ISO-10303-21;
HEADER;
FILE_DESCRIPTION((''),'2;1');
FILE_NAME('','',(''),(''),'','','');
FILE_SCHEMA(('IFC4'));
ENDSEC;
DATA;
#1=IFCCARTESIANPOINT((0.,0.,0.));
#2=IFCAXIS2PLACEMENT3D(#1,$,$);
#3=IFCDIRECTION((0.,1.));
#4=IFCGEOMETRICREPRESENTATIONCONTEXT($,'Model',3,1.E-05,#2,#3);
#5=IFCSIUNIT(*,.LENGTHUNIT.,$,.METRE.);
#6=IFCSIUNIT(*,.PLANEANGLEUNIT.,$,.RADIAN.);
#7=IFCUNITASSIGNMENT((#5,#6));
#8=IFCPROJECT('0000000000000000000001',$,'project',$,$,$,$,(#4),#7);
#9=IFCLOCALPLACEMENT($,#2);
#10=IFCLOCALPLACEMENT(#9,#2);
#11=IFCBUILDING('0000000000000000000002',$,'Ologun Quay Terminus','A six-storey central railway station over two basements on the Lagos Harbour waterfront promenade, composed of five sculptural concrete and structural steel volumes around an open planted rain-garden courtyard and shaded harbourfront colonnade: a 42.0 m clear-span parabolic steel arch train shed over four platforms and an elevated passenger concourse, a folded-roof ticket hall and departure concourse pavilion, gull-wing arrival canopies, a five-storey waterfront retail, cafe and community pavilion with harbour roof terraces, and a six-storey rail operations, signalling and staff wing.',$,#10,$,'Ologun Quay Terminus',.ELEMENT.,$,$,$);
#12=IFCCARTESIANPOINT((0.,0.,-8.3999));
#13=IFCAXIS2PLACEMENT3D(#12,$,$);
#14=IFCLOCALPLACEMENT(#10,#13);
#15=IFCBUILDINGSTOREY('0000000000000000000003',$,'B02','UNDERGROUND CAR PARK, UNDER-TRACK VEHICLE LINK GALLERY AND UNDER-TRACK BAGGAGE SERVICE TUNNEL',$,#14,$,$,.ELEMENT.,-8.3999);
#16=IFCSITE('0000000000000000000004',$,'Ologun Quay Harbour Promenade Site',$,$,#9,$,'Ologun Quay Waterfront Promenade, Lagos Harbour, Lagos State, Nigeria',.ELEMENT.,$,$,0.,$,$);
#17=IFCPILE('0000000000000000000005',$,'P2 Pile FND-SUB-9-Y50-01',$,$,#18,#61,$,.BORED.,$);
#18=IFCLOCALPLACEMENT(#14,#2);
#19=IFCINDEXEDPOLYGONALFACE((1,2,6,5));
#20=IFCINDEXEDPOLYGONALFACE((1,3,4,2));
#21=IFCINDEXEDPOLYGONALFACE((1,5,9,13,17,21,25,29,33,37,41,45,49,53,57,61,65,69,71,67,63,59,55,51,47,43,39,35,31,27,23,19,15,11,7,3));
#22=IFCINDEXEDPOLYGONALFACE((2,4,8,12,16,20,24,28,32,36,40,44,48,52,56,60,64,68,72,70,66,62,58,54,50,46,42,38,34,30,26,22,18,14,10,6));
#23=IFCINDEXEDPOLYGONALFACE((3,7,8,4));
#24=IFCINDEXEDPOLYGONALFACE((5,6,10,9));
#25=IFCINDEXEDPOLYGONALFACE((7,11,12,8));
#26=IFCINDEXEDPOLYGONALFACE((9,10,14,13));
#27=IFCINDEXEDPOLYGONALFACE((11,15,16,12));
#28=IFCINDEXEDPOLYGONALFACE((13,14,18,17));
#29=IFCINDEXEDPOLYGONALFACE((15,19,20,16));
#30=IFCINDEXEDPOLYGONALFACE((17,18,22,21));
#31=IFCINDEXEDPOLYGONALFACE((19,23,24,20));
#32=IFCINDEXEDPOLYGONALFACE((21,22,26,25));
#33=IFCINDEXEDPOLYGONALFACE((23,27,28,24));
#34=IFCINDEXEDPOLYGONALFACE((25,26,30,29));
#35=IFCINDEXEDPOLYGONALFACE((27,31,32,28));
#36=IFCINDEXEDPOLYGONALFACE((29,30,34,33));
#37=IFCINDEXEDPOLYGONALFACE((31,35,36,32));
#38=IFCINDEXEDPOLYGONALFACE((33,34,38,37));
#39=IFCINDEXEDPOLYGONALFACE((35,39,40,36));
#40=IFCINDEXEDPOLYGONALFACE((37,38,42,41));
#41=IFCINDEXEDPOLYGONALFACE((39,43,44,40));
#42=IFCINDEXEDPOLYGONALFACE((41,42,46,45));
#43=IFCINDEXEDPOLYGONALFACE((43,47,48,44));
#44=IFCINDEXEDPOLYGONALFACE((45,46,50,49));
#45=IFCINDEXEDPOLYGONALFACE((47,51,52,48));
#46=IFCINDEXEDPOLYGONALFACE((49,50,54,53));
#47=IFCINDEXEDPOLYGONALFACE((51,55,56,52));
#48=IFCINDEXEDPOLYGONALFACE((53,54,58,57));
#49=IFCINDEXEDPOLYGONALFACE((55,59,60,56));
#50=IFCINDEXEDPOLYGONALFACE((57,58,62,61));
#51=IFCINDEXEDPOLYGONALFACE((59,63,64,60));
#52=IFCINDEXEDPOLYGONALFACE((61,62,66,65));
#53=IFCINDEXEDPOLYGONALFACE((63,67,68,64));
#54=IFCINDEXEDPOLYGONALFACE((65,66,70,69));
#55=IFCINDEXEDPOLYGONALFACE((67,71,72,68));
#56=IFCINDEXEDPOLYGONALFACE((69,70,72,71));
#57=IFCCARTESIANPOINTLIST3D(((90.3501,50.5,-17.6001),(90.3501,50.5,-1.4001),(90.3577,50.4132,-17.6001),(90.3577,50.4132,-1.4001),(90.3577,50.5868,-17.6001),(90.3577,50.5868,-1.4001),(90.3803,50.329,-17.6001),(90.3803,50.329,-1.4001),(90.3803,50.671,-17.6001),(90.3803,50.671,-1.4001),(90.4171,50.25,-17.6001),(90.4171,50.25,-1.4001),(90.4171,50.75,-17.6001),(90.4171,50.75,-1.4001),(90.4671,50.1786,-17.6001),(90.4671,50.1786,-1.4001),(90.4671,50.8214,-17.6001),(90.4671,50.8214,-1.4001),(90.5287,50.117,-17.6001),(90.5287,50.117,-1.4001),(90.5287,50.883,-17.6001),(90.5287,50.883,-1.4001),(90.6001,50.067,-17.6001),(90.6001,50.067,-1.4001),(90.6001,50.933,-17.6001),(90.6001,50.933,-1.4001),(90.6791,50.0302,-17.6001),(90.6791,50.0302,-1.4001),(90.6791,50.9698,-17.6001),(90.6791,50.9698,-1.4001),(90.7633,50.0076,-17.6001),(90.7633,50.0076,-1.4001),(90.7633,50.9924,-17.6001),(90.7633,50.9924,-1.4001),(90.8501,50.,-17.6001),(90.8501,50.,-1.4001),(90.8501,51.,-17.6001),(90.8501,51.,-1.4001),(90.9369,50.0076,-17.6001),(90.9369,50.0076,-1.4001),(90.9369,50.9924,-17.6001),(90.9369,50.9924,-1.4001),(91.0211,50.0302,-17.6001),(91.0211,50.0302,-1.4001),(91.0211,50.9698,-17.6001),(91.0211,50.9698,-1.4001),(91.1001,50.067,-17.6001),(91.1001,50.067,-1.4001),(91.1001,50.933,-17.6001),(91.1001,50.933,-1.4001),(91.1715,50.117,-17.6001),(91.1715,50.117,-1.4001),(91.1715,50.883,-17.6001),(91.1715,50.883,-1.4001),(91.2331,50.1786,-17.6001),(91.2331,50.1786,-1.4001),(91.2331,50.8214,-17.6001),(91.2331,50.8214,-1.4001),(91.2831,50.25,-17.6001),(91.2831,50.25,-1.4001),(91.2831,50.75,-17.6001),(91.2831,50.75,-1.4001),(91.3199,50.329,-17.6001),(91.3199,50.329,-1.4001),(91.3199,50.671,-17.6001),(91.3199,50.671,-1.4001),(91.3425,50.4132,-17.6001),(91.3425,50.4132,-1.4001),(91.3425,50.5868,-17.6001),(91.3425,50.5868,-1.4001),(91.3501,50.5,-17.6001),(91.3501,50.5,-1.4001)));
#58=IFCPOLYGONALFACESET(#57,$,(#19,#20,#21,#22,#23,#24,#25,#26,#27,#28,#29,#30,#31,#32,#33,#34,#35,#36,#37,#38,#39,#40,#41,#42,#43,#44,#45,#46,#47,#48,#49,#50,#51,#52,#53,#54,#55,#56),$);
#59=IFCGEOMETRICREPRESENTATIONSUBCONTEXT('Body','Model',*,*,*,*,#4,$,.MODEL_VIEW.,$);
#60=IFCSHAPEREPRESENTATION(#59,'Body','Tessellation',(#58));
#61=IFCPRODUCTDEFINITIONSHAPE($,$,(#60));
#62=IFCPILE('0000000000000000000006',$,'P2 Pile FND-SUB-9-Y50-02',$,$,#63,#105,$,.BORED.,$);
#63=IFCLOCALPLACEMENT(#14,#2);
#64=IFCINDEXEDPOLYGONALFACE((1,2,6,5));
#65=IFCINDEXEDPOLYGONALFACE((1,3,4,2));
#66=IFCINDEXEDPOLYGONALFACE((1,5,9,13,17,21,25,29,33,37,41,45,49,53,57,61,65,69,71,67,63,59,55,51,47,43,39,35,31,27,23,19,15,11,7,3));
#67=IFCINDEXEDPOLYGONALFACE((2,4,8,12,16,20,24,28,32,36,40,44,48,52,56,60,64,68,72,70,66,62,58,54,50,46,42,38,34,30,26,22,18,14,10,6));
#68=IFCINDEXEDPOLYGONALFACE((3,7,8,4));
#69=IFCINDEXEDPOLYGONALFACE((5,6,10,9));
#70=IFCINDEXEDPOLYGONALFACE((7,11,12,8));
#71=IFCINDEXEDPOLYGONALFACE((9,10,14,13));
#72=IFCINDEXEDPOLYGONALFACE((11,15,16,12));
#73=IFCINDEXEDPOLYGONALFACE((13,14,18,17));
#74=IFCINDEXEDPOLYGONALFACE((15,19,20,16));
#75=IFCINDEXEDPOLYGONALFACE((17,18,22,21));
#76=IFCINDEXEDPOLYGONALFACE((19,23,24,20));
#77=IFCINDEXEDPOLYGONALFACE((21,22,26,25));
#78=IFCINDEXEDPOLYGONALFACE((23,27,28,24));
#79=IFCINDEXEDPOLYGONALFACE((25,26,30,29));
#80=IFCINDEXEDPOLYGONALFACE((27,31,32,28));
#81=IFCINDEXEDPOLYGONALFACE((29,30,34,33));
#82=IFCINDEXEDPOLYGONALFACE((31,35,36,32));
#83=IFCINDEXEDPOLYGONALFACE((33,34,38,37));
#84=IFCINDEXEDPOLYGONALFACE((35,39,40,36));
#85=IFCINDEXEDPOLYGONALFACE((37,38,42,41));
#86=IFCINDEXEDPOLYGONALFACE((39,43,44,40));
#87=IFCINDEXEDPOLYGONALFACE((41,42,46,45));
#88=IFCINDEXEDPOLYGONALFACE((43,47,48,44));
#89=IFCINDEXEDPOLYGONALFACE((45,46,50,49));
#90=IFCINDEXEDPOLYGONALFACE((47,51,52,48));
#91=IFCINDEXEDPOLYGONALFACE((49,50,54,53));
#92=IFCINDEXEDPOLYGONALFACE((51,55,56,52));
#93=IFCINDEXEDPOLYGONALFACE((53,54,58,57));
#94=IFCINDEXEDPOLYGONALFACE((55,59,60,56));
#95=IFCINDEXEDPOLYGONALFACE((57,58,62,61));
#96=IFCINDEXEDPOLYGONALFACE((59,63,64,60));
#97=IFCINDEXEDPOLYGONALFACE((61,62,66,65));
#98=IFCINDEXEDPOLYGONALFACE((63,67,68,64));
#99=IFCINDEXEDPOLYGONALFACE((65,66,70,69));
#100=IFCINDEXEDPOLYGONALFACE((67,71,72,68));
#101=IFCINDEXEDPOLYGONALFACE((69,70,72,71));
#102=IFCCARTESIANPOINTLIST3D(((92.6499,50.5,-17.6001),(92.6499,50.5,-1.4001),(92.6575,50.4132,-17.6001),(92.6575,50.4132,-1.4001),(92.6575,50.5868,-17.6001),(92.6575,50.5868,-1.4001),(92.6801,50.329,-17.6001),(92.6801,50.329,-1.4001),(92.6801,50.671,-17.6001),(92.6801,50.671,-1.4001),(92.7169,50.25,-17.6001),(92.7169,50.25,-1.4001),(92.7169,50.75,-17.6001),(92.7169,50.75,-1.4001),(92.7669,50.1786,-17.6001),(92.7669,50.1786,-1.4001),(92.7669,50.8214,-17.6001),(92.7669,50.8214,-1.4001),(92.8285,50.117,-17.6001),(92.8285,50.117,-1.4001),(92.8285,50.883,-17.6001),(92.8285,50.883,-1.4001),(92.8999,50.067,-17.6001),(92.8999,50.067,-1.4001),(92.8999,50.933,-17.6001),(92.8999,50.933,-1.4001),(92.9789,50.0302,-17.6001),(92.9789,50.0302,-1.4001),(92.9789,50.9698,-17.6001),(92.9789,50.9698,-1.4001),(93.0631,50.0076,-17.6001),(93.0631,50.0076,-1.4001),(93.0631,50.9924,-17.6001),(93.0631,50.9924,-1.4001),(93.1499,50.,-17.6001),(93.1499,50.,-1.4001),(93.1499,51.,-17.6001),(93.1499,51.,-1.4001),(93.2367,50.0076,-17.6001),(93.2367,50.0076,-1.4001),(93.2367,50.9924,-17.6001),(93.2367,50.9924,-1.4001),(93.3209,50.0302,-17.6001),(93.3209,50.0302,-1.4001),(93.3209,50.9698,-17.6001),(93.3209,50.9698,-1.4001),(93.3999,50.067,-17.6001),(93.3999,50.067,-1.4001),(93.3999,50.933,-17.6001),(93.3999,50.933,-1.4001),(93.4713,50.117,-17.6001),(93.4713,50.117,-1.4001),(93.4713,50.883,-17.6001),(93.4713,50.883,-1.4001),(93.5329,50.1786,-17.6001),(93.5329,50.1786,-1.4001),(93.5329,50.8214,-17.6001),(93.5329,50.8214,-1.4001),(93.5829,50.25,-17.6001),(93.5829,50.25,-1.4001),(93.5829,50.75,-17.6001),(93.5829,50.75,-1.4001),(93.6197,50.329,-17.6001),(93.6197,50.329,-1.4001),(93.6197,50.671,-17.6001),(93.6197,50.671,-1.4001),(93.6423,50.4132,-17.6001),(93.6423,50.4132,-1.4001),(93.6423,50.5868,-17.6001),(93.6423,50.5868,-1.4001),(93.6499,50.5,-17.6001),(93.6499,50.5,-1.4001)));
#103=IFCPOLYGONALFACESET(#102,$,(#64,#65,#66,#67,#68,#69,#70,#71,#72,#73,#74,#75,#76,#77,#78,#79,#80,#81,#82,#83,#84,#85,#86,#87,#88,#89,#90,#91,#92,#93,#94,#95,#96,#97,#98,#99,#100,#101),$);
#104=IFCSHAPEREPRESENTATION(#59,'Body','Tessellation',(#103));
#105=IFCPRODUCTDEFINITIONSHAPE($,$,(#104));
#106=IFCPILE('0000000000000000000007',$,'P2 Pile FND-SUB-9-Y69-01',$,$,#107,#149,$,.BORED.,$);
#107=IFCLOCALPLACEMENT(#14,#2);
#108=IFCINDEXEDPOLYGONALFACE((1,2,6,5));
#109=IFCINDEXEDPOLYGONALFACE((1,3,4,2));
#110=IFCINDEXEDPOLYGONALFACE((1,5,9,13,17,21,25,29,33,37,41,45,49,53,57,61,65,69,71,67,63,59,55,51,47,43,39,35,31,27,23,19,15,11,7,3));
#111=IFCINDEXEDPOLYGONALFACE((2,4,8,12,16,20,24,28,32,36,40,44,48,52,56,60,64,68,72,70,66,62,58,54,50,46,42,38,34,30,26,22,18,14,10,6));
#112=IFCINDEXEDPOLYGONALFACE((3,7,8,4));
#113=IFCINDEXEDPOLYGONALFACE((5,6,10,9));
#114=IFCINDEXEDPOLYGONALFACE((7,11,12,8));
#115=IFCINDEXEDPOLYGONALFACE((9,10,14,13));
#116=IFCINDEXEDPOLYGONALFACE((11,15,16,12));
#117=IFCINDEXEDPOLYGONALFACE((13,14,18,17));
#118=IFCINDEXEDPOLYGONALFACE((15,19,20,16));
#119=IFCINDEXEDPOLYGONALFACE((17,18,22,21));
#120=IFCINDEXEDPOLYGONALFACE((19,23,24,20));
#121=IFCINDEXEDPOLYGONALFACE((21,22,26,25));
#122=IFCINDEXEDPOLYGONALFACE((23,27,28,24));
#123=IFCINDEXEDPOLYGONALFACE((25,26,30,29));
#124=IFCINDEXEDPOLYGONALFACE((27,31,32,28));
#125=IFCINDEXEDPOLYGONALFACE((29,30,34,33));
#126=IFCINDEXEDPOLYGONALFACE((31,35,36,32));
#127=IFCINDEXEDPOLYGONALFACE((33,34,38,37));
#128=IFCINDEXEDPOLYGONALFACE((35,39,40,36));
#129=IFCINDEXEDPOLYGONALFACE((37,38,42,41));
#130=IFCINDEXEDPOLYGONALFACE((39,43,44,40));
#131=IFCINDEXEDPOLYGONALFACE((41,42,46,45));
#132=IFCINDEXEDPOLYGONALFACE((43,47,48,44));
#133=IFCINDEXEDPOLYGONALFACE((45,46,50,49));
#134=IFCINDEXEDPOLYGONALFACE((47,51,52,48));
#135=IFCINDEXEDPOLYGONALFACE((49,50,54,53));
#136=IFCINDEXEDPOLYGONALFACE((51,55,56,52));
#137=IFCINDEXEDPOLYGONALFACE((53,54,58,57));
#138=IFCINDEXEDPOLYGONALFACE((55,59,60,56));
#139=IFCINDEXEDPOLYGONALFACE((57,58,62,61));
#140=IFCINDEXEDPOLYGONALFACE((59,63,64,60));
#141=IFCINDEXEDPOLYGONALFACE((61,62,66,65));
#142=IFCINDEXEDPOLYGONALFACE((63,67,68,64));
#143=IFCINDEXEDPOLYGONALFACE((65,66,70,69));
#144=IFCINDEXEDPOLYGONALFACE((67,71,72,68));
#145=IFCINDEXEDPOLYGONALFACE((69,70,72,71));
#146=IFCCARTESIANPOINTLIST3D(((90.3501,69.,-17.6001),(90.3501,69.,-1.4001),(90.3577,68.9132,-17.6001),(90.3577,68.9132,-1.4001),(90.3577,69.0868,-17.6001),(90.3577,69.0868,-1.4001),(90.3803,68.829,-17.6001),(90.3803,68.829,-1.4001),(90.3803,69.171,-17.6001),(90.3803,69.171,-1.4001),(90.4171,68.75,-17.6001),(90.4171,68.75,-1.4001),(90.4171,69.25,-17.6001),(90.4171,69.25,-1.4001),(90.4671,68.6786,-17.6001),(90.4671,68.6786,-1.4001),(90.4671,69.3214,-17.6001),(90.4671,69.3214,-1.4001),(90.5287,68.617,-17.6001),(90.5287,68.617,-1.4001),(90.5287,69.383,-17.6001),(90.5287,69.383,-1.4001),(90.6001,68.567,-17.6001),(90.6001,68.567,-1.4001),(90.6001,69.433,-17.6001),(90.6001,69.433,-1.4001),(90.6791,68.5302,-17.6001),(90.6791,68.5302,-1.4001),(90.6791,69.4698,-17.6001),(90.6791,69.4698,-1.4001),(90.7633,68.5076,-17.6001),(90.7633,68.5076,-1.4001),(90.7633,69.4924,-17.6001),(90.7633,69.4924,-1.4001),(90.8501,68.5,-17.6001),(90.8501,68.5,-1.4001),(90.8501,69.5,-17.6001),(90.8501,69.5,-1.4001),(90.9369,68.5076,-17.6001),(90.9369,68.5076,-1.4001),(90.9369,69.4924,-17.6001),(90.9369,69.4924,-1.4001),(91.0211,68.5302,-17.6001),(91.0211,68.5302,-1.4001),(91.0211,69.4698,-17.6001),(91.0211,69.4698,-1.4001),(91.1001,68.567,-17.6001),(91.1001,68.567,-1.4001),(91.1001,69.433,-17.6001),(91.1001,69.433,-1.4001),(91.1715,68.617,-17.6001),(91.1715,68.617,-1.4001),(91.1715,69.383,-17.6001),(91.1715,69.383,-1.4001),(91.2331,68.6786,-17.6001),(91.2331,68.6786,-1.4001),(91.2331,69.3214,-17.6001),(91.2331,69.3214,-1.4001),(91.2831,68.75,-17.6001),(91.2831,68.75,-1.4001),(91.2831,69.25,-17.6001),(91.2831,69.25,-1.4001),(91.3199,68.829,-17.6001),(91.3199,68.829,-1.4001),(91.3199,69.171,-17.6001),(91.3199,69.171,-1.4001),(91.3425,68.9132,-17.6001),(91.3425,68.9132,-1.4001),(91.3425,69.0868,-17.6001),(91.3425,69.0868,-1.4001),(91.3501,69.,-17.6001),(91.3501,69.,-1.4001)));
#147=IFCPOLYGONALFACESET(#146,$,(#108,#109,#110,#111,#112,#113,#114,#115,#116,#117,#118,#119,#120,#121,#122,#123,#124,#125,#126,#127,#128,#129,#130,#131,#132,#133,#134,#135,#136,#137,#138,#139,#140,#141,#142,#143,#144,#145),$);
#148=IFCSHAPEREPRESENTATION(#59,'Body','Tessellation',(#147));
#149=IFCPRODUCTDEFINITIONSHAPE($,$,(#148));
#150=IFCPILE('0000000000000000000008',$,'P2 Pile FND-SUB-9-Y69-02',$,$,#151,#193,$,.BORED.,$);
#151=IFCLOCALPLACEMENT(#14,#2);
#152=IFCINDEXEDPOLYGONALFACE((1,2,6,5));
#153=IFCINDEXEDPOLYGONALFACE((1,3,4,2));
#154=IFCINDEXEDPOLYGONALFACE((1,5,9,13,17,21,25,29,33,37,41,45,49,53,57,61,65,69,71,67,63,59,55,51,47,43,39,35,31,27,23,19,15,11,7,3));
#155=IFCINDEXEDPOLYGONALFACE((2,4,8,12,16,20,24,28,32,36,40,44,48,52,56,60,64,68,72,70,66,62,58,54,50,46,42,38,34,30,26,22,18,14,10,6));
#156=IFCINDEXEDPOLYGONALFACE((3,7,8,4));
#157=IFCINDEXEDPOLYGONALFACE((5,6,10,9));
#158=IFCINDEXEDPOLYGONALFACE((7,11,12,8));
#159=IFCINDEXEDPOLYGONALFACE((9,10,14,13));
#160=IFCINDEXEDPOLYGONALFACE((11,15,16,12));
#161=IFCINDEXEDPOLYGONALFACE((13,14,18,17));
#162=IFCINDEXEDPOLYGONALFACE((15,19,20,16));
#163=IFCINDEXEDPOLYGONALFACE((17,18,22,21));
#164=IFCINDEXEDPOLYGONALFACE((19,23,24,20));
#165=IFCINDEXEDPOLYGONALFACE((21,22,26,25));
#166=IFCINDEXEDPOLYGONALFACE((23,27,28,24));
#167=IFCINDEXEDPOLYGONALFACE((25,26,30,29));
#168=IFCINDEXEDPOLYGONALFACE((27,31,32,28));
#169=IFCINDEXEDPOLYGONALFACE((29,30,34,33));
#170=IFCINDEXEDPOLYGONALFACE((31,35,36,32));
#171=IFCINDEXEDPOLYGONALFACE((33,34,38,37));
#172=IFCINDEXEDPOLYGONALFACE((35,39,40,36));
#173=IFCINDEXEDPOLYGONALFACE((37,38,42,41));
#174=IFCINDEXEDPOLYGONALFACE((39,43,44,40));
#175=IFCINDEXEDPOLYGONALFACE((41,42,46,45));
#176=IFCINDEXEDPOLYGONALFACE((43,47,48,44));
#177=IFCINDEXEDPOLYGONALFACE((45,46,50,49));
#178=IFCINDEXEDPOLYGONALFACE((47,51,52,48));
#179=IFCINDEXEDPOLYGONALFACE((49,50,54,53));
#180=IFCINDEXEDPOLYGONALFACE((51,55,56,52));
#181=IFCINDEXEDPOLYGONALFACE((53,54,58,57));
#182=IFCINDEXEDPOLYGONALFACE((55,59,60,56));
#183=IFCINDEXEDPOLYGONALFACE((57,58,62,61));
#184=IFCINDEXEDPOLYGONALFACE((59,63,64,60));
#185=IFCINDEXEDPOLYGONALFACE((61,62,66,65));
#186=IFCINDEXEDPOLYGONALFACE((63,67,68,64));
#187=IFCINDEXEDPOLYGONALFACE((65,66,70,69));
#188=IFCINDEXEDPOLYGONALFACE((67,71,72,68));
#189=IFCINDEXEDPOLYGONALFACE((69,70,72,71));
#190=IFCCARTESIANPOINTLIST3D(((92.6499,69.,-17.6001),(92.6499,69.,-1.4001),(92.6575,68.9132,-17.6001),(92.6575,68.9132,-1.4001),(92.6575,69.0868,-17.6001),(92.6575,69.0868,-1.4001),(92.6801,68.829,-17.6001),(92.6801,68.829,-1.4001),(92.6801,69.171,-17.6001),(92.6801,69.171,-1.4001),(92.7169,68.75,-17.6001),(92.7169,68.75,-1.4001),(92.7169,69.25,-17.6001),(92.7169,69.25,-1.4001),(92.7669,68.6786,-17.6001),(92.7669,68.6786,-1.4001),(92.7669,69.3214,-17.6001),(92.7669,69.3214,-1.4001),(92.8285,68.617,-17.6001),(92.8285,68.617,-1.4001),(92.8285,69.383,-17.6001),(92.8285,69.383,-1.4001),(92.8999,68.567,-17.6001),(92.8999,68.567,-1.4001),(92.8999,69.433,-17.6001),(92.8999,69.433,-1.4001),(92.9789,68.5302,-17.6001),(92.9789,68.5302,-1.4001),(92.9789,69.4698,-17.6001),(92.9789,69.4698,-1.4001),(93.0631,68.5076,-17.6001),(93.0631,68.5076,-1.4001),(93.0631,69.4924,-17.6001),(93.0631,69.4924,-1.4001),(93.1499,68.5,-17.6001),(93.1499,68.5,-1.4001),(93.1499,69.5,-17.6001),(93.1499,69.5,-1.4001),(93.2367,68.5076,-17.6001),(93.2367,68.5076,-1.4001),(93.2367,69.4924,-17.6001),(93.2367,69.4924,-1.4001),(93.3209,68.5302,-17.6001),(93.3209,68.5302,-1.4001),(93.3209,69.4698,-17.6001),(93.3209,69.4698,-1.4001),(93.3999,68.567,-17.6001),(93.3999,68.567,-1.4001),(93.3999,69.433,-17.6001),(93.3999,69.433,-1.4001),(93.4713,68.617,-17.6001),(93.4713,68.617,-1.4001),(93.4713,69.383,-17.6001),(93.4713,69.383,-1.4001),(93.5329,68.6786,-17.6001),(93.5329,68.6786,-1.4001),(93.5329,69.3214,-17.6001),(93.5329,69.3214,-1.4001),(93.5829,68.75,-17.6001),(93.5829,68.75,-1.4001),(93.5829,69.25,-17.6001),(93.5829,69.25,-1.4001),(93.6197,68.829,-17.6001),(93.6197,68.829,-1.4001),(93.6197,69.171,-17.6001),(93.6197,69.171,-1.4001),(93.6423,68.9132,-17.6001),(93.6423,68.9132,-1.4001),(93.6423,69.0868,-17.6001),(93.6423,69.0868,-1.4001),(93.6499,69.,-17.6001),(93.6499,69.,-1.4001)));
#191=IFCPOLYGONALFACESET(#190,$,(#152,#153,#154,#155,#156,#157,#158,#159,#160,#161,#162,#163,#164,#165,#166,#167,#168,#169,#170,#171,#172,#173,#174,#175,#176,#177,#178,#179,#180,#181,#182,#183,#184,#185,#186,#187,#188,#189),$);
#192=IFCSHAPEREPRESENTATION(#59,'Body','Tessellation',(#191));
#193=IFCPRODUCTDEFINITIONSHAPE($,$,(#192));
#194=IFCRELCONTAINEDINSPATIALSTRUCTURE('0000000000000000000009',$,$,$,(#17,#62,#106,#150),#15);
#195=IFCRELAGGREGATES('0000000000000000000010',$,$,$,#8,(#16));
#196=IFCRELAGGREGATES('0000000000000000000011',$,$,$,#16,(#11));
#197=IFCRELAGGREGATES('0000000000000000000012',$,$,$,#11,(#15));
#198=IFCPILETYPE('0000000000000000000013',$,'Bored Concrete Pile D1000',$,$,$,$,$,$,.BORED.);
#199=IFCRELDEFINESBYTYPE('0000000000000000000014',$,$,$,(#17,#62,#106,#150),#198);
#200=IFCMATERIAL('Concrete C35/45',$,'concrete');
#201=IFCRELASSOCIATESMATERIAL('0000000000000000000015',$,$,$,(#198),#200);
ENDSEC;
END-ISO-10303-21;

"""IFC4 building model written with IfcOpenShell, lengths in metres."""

from ifc_helpers import new_model, si_unit, direction, frame, origin, origin_2d, place, context, subcontext, project, spatial, circle, extrude, material, material_profile, profile_set, type_object, element, save


model = new_model("IFC4")

# Units and contexts
model_context = context("Model", 3, precision=1e-05, world=origin(), true_north=direction((0.0, 1.0)))
body_context = subcontext(model_context, "Body", "Model", "MODEL_VIEW")
ifc_project = project(units=[si_unit("LENGTHUNIT", "METRE"), si_unit("PLANEANGLEUNIT", "RADIAN")], contexts=[model_context])

# Site, building, storey
site_placement = place(None, origin())
site = spatial("IfcSite", under=ifc_project, at=site_placement, Name="Ologun Quay Harbour Promenade Site", LongName="Ologun Quay Waterfront Promenade, Lagos Harbour, Lagos State, Nigeria", CompositionType="ELEMENT", RefElevation=0.0)
building_placement = place(site_placement, origin())
building = spatial("IfcBuilding", under=site, at=building_placement, Name="Ologun Quay Terminus", Description="A six-storey central railway station over two basements on the Lagos Harbour waterfront promenade, composed of five sculptural concrete and structural steel volumes around an open planted rain-garden courtyard and shaded harbourfront colonnade: a 42.0 m clear-span parabolic steel arch train shed over four platforms and an elevated passenger concourse, a folded-roof ticket hall and departure concourse pavilion, gull-wing arrival canopies, a five-storey waterfront retail, cafe and community pavilion with harbour roof terraces, and a six-storey rail operations, signalling and staff wing.", LongName="Ologun Quay Terminus", CompositionType="ELEMENT")
storey_placement = place(building_placement, frame((0.0, 0.0, -8.3999)))
storey = spatial("IfcBuildingStorey", under=building, at=storey_placement, Name="B02", Description="UNDERGROUND CAR PARK, UNDER-TRACK VEHICLE LINK GALLERY AND UNDER-TRACK BAGGAGE SERVICE TUNNEL", CompositionType="ELEMENT", Elevation=-8.3999)

# Piles
ifc_material_1 = material(Name="Concrete C35/45", Category="concrete")
ifc_material_profile_1 = material_profile(ifc_material_1, circle(Radius=0.5, at=origin_2d()), Name="PILE D1000")
ifc_profile_set_1 = profile_set([ifc_material_profile_1], Name="Concrete C35/45")
pile_type_1 = type_object("IfcPileType", Name="Bored Concrete Pile D1000", PredefinedType="BORED", material=ifc_profile_set_1)
for number, where, z_axis, x_axis, name in (
    (1, (90.8501, 50.5, -1.4001), (0.0, 0.0, -1.0), (1.0, 0.0, 0.0), "P2 Pile FND-SUB-9-Y50-01"),
    (2, (93.1499, 50.5, -1.4001), (0.0, 0.0, -1.0), (1.0, 0.0, 0.0), "P2 Pile FND-SUB-9-Y50-02"),
    (3, (90.8501, 69.0, -1.4001), (0.0, 0.0, -1.0), (1.0, 0.0, 0.0), "P2 Pile FND-SUB-9-Y69-01"),
    (4, (93.1499, 69.0, -1.4001), (0.0, 0.0, -1.0), (1.0, 0.0, 0.0), "P2 Pile FND-SUB-9-Y69-02"),
):
    element("IfcPile", number, at=place(storey_placement, frame(where, z_axis=z_axis, x_axis=x_axis)), inside=storey, type_object=pile_type_1, Name=name, PredefinedType="BORED", context=body_context, shape_type="SweptSolid", body=[
        extrude(circle(Radius=0.5, at=origin_2d()), origin(), (0.0, 0.0, 1.0), 16.2),
    ])

save(model, "model.ifc")
